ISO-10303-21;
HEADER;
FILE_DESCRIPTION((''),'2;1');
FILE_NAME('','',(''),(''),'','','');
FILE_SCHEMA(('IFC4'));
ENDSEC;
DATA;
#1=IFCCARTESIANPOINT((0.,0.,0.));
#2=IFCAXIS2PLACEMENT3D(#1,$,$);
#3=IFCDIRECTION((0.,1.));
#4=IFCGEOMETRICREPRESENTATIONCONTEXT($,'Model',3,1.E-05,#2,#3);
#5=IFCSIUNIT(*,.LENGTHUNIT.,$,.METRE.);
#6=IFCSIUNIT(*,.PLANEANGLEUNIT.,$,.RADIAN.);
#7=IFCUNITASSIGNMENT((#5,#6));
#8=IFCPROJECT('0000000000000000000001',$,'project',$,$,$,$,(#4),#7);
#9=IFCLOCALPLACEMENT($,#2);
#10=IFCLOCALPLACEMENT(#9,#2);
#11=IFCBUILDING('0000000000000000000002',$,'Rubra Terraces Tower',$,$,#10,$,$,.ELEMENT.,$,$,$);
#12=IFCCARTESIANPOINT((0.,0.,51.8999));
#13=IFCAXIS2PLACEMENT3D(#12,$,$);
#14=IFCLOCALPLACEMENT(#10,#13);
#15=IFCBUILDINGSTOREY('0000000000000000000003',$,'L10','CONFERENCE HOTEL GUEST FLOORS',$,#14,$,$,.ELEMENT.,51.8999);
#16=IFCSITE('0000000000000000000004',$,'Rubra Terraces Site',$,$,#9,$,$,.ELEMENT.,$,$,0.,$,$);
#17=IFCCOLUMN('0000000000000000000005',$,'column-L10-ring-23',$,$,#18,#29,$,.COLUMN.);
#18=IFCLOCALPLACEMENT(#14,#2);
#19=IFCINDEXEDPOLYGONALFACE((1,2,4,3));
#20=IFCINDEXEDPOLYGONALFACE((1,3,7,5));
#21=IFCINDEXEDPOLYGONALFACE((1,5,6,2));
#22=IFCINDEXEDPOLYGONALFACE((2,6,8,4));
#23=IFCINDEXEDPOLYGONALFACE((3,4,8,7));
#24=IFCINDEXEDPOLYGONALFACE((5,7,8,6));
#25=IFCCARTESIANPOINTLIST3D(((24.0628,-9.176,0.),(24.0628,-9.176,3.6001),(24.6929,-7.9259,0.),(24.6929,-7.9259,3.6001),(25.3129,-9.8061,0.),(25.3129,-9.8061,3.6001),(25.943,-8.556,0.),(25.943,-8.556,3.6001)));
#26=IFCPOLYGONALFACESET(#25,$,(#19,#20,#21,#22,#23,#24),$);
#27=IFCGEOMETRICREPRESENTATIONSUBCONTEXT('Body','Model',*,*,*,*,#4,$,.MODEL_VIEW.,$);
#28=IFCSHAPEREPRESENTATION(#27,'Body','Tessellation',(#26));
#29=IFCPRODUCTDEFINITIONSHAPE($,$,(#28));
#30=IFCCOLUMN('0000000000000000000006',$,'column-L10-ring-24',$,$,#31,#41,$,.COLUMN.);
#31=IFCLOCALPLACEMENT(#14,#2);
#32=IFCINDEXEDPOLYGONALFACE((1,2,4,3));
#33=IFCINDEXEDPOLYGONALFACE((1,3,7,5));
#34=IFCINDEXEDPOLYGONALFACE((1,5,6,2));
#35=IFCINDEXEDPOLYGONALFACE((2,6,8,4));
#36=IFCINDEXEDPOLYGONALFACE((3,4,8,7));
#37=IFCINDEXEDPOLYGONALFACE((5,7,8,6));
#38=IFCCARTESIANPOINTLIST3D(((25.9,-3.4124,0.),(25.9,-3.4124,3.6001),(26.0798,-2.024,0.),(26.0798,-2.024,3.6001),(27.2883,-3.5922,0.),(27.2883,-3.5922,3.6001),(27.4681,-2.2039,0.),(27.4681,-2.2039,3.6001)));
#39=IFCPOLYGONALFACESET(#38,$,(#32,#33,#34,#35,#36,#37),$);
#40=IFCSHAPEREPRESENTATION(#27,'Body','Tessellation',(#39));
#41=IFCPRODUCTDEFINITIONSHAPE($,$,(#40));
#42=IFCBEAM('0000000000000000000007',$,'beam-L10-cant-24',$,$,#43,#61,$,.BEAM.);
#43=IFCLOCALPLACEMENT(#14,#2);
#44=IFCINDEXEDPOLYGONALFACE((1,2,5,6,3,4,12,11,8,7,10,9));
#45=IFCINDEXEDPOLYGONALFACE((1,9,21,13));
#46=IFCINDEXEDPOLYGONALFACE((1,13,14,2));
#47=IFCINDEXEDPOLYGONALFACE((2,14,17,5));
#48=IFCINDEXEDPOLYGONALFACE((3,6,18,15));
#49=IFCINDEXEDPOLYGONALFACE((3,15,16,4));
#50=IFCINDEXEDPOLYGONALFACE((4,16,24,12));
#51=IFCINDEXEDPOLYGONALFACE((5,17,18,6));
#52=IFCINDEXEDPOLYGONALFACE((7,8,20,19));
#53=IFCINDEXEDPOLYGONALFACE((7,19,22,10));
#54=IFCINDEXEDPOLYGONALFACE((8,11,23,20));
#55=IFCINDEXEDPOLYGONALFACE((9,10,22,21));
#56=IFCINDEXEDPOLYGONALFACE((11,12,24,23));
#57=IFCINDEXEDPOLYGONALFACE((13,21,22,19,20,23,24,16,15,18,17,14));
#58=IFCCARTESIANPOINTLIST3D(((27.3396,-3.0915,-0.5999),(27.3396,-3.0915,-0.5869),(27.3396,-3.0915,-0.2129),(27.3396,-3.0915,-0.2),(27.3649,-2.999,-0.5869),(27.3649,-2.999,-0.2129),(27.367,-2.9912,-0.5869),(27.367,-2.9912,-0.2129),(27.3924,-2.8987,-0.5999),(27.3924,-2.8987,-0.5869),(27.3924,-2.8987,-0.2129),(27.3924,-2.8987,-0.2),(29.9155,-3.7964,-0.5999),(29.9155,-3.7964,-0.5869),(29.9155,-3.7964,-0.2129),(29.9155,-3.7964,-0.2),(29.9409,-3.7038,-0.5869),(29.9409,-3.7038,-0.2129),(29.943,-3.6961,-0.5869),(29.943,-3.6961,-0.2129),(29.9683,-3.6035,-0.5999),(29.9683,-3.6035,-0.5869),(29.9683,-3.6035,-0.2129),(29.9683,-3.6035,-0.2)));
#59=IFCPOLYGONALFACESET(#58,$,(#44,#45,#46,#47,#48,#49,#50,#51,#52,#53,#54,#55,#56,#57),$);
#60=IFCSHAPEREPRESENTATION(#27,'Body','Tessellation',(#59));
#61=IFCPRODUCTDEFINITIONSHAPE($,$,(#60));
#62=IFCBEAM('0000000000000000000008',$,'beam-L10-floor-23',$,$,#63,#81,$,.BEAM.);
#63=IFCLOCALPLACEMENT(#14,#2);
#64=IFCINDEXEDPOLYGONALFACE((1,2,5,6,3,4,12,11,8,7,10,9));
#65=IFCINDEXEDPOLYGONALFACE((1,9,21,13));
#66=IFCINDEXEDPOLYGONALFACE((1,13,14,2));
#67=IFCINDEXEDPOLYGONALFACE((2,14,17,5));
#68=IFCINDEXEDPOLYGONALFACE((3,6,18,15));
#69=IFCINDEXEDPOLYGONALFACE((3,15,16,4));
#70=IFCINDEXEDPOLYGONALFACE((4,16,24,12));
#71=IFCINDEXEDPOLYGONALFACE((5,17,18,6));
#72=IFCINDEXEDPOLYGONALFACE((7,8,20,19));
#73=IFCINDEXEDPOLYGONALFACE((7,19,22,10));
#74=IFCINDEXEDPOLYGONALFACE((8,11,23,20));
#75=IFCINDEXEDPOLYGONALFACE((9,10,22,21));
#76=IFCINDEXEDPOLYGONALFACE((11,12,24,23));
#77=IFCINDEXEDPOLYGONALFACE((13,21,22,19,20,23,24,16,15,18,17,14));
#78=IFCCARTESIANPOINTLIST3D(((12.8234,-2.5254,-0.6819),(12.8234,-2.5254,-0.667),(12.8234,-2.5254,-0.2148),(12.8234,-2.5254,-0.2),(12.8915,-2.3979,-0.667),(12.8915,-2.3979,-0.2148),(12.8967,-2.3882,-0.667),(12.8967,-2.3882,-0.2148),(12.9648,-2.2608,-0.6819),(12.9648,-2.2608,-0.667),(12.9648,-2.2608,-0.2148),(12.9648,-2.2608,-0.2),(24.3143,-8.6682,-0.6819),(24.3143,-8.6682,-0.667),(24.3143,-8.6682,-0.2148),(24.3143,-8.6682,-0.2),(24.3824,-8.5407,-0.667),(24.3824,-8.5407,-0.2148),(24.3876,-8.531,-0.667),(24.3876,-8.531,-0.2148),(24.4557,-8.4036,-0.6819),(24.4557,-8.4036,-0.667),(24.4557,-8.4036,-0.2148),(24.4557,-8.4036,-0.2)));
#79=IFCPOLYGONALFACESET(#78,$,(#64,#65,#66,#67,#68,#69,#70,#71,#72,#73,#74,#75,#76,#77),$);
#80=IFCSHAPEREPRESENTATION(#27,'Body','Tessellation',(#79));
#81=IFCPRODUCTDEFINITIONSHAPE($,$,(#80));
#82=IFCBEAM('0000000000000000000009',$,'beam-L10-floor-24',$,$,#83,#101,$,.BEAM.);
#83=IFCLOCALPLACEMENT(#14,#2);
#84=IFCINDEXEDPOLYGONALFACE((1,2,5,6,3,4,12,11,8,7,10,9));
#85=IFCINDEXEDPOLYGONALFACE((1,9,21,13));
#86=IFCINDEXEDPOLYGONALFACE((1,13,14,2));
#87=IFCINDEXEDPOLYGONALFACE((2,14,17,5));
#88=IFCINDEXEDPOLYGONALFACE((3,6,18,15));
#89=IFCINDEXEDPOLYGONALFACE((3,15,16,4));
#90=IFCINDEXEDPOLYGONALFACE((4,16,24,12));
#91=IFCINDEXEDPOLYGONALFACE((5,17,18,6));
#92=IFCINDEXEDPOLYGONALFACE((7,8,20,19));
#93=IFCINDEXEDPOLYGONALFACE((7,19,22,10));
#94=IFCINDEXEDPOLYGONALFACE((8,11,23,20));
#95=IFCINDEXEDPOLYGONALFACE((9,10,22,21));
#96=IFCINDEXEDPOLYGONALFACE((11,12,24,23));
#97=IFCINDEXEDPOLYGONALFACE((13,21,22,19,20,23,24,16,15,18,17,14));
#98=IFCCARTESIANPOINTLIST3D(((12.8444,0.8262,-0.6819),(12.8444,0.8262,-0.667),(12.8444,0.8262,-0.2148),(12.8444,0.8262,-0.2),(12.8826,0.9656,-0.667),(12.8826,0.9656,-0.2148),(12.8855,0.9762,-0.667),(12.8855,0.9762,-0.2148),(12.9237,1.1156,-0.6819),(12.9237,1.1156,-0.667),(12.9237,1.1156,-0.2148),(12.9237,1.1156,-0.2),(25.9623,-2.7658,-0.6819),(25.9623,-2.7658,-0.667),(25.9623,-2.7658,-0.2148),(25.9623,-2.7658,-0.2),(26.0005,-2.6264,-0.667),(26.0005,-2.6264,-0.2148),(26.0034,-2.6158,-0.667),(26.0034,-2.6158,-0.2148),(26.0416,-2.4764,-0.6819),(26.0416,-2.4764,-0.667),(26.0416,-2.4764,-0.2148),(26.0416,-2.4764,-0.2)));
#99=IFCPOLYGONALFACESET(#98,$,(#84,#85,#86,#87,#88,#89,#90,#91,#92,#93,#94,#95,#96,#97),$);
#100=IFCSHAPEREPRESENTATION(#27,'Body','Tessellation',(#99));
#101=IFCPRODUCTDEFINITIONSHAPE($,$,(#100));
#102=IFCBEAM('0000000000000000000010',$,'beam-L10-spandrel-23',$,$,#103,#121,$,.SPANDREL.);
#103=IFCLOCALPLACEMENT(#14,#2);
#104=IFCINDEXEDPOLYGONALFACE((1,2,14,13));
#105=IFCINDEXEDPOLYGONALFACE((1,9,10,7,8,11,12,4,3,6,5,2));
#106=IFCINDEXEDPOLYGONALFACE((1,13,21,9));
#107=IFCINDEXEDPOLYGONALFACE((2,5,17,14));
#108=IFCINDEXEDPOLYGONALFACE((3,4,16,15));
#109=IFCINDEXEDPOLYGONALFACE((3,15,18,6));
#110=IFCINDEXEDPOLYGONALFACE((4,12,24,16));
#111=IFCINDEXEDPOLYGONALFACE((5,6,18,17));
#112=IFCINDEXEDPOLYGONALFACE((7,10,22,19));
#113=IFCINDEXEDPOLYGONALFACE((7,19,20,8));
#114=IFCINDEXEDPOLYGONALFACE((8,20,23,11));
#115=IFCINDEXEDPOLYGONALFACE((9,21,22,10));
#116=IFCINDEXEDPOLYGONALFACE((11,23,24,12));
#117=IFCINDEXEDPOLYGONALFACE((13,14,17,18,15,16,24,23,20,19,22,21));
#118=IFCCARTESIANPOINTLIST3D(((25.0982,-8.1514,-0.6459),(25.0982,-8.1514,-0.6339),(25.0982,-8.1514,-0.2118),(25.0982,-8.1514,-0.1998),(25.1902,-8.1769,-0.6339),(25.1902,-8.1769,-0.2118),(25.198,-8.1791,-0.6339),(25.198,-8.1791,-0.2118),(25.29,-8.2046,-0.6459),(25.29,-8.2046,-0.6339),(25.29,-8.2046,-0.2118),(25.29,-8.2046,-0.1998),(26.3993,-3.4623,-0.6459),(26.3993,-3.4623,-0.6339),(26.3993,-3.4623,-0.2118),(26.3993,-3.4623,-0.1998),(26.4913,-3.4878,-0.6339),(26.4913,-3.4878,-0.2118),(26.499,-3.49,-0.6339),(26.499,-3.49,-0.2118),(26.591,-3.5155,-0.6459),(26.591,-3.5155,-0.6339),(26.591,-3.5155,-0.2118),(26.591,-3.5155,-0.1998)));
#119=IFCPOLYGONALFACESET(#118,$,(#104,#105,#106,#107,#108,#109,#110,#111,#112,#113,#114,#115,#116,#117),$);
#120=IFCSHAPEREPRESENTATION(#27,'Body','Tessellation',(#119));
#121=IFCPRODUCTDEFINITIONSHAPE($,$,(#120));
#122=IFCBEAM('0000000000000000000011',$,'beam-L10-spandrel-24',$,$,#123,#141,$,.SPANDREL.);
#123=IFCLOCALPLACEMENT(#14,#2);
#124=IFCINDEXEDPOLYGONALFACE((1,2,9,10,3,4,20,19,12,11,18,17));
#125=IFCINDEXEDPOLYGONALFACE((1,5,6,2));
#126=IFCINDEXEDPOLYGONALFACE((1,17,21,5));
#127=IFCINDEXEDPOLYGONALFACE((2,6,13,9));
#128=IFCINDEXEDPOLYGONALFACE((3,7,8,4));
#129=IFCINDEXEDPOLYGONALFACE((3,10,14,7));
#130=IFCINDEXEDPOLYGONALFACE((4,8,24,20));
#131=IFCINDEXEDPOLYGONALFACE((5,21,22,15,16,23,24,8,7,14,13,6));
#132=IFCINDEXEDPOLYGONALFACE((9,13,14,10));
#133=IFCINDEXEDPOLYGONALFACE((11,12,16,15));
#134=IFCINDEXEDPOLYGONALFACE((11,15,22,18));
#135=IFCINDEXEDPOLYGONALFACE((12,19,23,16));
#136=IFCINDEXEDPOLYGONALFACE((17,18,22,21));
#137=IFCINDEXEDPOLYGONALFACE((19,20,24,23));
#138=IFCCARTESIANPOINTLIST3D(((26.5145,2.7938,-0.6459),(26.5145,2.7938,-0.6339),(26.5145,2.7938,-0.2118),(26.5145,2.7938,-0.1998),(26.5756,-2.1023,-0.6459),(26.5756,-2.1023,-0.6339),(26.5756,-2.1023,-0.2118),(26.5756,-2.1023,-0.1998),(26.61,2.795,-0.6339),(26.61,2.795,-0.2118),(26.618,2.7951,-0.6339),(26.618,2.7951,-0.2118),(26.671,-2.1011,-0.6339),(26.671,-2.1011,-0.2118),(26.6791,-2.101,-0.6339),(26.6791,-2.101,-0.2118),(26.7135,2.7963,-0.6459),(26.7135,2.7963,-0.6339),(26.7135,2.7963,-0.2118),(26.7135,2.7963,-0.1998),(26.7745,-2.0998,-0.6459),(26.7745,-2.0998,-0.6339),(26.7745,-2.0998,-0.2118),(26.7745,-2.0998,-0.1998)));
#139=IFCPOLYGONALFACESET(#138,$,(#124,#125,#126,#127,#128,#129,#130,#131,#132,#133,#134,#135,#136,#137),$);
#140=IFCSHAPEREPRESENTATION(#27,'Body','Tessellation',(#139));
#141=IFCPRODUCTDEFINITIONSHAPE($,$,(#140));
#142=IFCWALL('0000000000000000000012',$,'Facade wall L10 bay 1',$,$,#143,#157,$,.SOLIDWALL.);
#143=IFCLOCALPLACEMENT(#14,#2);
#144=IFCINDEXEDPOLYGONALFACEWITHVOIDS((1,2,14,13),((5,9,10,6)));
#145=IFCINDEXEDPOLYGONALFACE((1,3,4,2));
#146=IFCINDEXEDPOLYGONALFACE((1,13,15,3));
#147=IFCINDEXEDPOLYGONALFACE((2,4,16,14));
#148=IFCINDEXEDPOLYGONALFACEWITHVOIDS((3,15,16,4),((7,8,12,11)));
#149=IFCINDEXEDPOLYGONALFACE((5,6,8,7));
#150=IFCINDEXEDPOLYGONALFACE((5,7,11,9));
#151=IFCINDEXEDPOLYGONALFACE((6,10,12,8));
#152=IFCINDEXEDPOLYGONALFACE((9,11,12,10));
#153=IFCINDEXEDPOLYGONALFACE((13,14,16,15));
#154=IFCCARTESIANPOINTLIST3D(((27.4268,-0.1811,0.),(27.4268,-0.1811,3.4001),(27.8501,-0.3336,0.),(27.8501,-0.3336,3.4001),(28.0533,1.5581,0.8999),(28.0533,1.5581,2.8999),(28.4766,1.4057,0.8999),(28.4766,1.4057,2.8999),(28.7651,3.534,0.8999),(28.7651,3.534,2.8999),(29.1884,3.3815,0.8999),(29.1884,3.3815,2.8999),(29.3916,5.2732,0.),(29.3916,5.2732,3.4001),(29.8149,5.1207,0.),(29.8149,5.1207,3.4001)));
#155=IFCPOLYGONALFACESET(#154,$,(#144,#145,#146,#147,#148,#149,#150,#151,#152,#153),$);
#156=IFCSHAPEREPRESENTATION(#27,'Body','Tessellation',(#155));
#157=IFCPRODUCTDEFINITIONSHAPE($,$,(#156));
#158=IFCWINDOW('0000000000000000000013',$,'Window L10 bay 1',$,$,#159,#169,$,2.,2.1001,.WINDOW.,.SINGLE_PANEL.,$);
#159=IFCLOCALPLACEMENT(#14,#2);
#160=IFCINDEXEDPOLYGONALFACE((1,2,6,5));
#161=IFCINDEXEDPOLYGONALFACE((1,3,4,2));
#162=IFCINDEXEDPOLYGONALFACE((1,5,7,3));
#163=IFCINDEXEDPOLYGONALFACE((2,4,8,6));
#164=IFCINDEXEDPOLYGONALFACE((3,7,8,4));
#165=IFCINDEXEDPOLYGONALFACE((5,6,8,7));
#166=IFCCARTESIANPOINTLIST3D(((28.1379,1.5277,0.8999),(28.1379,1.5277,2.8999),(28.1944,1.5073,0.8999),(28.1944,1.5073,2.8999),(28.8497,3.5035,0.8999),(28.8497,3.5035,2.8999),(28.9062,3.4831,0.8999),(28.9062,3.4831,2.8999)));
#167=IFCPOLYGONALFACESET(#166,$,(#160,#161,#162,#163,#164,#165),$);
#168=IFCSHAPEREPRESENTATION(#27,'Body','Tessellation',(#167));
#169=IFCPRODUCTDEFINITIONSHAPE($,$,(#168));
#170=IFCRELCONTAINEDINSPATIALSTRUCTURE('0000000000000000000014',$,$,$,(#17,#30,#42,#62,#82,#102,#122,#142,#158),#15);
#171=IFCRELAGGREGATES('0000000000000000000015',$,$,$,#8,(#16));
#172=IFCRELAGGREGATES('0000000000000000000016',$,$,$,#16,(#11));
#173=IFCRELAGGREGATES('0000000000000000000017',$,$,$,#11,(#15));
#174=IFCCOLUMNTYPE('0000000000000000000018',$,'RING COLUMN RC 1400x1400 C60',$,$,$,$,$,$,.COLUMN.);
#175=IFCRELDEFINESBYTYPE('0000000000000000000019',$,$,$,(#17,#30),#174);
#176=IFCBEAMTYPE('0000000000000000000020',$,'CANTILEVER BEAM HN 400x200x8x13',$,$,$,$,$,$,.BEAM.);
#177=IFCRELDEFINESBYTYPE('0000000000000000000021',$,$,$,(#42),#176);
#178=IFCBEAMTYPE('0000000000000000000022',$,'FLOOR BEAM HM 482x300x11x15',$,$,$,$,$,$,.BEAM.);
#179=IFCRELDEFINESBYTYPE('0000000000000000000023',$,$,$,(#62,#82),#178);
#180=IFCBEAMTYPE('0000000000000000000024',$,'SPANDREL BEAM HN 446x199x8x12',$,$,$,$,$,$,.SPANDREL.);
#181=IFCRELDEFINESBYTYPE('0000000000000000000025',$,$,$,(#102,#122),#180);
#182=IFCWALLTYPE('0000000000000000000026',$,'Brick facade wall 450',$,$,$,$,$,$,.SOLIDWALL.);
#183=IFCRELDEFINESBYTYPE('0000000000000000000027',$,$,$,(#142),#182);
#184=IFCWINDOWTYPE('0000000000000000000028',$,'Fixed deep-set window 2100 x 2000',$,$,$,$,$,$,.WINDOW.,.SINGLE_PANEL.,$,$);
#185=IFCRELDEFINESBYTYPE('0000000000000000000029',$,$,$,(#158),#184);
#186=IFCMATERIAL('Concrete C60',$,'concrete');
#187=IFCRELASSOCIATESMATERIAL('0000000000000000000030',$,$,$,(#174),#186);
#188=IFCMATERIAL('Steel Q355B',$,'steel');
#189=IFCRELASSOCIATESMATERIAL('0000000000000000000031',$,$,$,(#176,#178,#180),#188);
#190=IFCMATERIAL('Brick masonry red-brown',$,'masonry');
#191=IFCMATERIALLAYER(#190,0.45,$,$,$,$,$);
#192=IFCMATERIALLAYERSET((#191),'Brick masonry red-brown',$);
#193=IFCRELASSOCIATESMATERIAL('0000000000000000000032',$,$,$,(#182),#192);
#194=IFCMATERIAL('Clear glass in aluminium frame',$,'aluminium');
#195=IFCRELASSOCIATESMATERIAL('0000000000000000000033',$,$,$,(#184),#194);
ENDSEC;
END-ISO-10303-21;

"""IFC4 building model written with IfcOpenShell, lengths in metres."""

from ifc_helpers import new_model, si_unit, direction, frame, frame_2d, origin, origin_2d, place, context, subcontext, project, spatial, rectangle, i_section, extrude, material, layer, layer_set, material_profile, profile_set, type_object, element, fill, save


model = new_model("IFC4")

# Units and contexts
model_context = context("Model", 3, precision=1e-05, world=origin(), true_north=direction((0.0, 1.0)))
body_context = subcontext(model_context, "Body", "Model", "MODEL_VIEW")
ifc_project = project(units=[si_unit("LENGTHUNIT", "METRE"), si_unit("PLANEANGLEUNIT", "RADIAN")], contexts=[model_context])

# Site, building, storey
site_placement = place(None, origin())
site = spatial("IfcSite", under=ifc_project, at=site_placement, Name="Rubra Terraces Site", CompositionType="ELEMENT", RefElevation=0.0)
building_placement = place(site_placement, origin())
building = spatial("IfcBuilding", under=site, at=building_placement, Name="Rubra Terraces Tower", CompositionType="ELEMENT")
storey_placement = place(building_placement, frame((0.0, 0.0, 51.8999)))
storey = spatial("IfcBuildingStorey", under=building, at=storey_placement, Name="L10", Description="CONFERENCE HOTEL GUEST FLOORS", CompositionType="ELEMENT", Elevation=51.8999)

# Columns
ifc_material_1 = material(Name="Concrete C60", Category="concrete")
ifc_material_profile_1 = material_profile(ifc_material_1, rectangle(XDim=1.3999, YDim=1.3999, at=origin_2d()), Name="RC 1400x1400")
ifc_profile_set_1 = profile_set([ifc_material_profile_1], Name="Concrete C60")
column_type = type_object("IfcColumnType", Name="RING COLUMN RC 1400x1400 C60", PredefinedType="COLUMN", material=ifc_profile_set_1)
for number, where, z_axis, x_axis, name in (
    (1, (25.0029, -8.866, 0.0), (0.0, 0.0, 1.0), (0.450099, 0.892979, 0.0), "column-L10-ring-23"),
    (2, (26.6841, -2.8081, 0.0), (0.0, 0.0, 1.0), (0.128445, 0.991717, 0.0), "column-L10-ring-24"),
):
    element("IfcColumn", number, at=place(storey_placement, frame(where, z_axis=z_axis, x_axis=x_axis)), inside=storey, type_object=column_type, Name=name, PredefinedType="COLUMN", context=body_context, shape_type="SweptSolid", body=[
        extrude(rectangle(XDim=1.3999, YDim=1.3999, at=origin_2d()), origin(), (0.0, 0.0, 1.0), 3.6001),
    ])

# Beams
ifc_material_2 = material(Name="Steel Q355B", Category="steel")
ifc_material_profile_2 = material_profile(ifc_material_2, i_section(OverallWidth=0.2, OverallDepth=0.3999, WebThickness=0.0081, FlangeThickness=0.0129, at=origin_2d()), Name="HN 400x200x8x13")
ifc_profile_set_2 = profile_set([ifc_material_profile_2], Name="Steel Q355B")
beam_type_1 = type_object("IfcBeamType", Name="CANTILEVER BEAM HN 400x200x8x13", PredefinedType="BEAM", material=ifc_profile_set_2)
beam_1_placement = place(storey_placement, frame((27.366, -2.9951, -0.3999), z_axis=(0.964544, -0.263922, 0.0), x_axis=(0.263922, 0.964544, 0.0)))
element("IfcBeam", 3, at=beam_1_placement, inside=storey, type_object=beam_type_1, Name="beam-L10-cant-24", PredefinedType="BEAM", context=body_context, shape_type="SweptSolid", body=[
    extrude(i_section(OverallWidth=0.2, OverallDepth=0.3999, WebThickness=0.0081, FlangeThickness=0.0129, at=origin_2d()), origin(), (0.0, 0.0, 1.0), 2.6707),
])
ifc_material_profile_3 = material_profile(ifc_material_2, i_section(OverallWidth=0.3, OverallDepth=0.4819, WebThickness=0.011, FlangeThickness=0.0149, at=origin_2d()), Name="HM 482x300x11x15")
ifc_profile_set_3 = profile_set([ifc_material_profile_3], Name="Steel Q355B")
beam_type_2 = type_object("IfcBeamType", Name="FLOOR BEAM HM 482x300x11x15", PredefinedType="BEAM", material=ifc_profile_set_3)
beam_2_placement = place(storey_placement, frame((24.385, -8.5359, -0.4409), z_axis=(-0.881897, 0.471443, 0.0), x_axis=(-0.471443, -0.881897, 0.0)))
element("IfcBeam", 4, at=beam_2_placement, inside=storey, type_object=beam_type_2, Name="beam-L10-floor-23", PredefinedType="BEAM", context=body_context, shape_type="SweptSolid", body=[
    extrude(i_section(OverallWidth=0.3, OverallDepth=0.4819, WebThickness=0.011, FlangeThickness=0.0149, at=origin_2d()), origin(), (0.0, 0.0, 1.0), 13.0298),
])
beam_3_placement = place(storey_placement, frame((26.002, -2.6211, -0.4409), z_axis=(-0.964494, 0.264105, 0.0), x_axis=(-0.264105, -0.964494, 0.0)))
element("IfcBeam", 5, at=beam_3_placement, inside=storey, type_object=beam_type_2, Name="beam-L10-floor-24", PredefinedType="BEAM", context=body_context, shape_type="SweptSolid", body=[
    extrude(i_section(OverallWidth=0.3, OverallDepth=0.4819, WebThickness=0.011, FlangeThickness=0.0149, at=origin_2d()), origin(), (0.0, 0.0, 1.0), 13.6008),
])
ifc_material_profile_4 = material_profile(ifc_material_2, i_section(OverallWidth=0.199, OverallDepth=0.446, WebThickness=0.0081, FlangeThickness=0.012, at=origin_2d()), Name="HN 446x199x8x12")
ifc_profile_set_4 = profile_set([ifc_material_profile_4], Name="Steel Q355B")
beam_type_3 = type_object("IfcBeamType", Name="SPANDREL BEAM HN 446x199x8x12", PredefinedType="SPANDREL", material=ifc_profile_set_4)
beam_4_placement = place(storey_placement, frame((25.1941, -8.178, -0.4229), z_axis=(0.267364, 0.963595, 0.0), x_axis=(-0.963595, 0.267364, 0.0)))
element("IfcBeam", 6, at=beam_4_placement, inside=storey, type_object=beam_type_3, Name="beam-L10-spandrel-23", PredefinedType="SPANDREL", context=body_context, shape_type="SweptSolid", body=[
    extrude(i_section(OverallWidth=0.199, OverallDepth=0.446, WebThickness=0.0081, FlangeThickness=0.012, at=origin_2d()), origin(), (0.0, 0.0, 1.0), 4.8662),
])
beam_5_placement = place(storey_placement, frame((26.675, -2.1011, -0.4229), z_axis=(-0.012465, 0.999922, 0.0), x_axis=(-0.999922, -0.012465, 0.0)))
element("IfcBeam", 7, at=beam_5_placement, inside=storey, type_object=beam_type_3, Name="beam-L10-spandrel-24", PredefinedType="SPANDREL", context=body_context, shape_type="SweptSolid", body=[
    extrude(i_section(OverallWidth=0.199, OverallDepth=0.446, WebThickness=0.0081, FlangeThickness=0.012, at=origin_2d()), origin(), (0.0, 0.0, 1.0), 4.8965),
])

# Wall, opening, window
ifc_material_3 = material(Name="Brick masonry red-brown", Category="masonry")
ifc_layer_1 = layer(ifc_material_3, 0.45)
ifc_layer_set_1 = layer_set([ifc_layer_1], Name="Brick masonry red-brown")
wall_type_1 = type_object("IfcWallType", Name="Brick facade wall 450", PredefinedType="SOLIDWALL", material=ifc_layer_set_1)
wall_1_placement = place(storey_placement, frame((27.6384, -0.2573, 0.0), z_axis=(0.0, 0.0, 1.0), x_axis=(0.338915, 0.940817, 0.0)))
wall_1 = element("IfcWall", 8, at=wall_1_placement, inside=storey, type_object=wall_type_1, Name="Facade wall L10 bay 1", PredefinedType="SOLIDWALL", context=body_context, shape_type="SweptSolid", body=[
    extrude(rectangle(XDim=5.7974, YDim=0.45, at=frame_2d((2.8987, 0.0))), origin(), (0.0, 0.0, 1.0), 3.4001),
])
opening_1_placement = place(wall_1_placement, frame((1.8486, 0.0, 0.8999)))
opening_1 = element("IfcOpeningElement", 9, at=opening_1_placement, cuts=wall_1, PredefinedType="OPENING", context=body_context, shape_type="SweptSolid", body=[
    extrude(rectangle(XDim=2.1001, YDim=2.0, at=frame_2d((1.05, 1.0))), frame((0.0, 0.2349, 0.0), z_axis=(0.0, -1.0, 0.0), x_axis=(1.0, 0.0, 0.0)), (0.0, 0.0, 1.0), 0.47),
])
ifc_material_4 = material(Name="Clear glass in aluminium frame", Category="aluminium")
window_type = type_object("IfcWindowType", Name="Fixed deep-set window 2100 x 2000", PartitioningType="SINGLE_PANEL", PredefinedType="WINDOW", material=ifc_material_4)
window_1_placement = place(opening_1_placement, origin())
window_1 = element("IfcWindow", 10, at=window_1_placement, inside=storey, type_object=window_type, Name="Window L10 bay 1", OverallHeight=2.0, OverallWidth=2.1001, PartitioningType="SINGLE_PANEL", PredefinedType="WINDOW", context=body_context, shape_type="SweptSolid", body=[
    extrude(rectangle(XDim=2.1001, YDim=2.0, at=frame_2d((1.05, 1.0))), frame((0.0, 0.135, 0.0), z_axis=(0.0, -1.0, 0.0), x_axis=(1.0, 0.0, 0.0)), (0.0, 0.0, 1.0), 0.0601),
])
fill(opening_1, window_1)

save(model, "model.ifc")
